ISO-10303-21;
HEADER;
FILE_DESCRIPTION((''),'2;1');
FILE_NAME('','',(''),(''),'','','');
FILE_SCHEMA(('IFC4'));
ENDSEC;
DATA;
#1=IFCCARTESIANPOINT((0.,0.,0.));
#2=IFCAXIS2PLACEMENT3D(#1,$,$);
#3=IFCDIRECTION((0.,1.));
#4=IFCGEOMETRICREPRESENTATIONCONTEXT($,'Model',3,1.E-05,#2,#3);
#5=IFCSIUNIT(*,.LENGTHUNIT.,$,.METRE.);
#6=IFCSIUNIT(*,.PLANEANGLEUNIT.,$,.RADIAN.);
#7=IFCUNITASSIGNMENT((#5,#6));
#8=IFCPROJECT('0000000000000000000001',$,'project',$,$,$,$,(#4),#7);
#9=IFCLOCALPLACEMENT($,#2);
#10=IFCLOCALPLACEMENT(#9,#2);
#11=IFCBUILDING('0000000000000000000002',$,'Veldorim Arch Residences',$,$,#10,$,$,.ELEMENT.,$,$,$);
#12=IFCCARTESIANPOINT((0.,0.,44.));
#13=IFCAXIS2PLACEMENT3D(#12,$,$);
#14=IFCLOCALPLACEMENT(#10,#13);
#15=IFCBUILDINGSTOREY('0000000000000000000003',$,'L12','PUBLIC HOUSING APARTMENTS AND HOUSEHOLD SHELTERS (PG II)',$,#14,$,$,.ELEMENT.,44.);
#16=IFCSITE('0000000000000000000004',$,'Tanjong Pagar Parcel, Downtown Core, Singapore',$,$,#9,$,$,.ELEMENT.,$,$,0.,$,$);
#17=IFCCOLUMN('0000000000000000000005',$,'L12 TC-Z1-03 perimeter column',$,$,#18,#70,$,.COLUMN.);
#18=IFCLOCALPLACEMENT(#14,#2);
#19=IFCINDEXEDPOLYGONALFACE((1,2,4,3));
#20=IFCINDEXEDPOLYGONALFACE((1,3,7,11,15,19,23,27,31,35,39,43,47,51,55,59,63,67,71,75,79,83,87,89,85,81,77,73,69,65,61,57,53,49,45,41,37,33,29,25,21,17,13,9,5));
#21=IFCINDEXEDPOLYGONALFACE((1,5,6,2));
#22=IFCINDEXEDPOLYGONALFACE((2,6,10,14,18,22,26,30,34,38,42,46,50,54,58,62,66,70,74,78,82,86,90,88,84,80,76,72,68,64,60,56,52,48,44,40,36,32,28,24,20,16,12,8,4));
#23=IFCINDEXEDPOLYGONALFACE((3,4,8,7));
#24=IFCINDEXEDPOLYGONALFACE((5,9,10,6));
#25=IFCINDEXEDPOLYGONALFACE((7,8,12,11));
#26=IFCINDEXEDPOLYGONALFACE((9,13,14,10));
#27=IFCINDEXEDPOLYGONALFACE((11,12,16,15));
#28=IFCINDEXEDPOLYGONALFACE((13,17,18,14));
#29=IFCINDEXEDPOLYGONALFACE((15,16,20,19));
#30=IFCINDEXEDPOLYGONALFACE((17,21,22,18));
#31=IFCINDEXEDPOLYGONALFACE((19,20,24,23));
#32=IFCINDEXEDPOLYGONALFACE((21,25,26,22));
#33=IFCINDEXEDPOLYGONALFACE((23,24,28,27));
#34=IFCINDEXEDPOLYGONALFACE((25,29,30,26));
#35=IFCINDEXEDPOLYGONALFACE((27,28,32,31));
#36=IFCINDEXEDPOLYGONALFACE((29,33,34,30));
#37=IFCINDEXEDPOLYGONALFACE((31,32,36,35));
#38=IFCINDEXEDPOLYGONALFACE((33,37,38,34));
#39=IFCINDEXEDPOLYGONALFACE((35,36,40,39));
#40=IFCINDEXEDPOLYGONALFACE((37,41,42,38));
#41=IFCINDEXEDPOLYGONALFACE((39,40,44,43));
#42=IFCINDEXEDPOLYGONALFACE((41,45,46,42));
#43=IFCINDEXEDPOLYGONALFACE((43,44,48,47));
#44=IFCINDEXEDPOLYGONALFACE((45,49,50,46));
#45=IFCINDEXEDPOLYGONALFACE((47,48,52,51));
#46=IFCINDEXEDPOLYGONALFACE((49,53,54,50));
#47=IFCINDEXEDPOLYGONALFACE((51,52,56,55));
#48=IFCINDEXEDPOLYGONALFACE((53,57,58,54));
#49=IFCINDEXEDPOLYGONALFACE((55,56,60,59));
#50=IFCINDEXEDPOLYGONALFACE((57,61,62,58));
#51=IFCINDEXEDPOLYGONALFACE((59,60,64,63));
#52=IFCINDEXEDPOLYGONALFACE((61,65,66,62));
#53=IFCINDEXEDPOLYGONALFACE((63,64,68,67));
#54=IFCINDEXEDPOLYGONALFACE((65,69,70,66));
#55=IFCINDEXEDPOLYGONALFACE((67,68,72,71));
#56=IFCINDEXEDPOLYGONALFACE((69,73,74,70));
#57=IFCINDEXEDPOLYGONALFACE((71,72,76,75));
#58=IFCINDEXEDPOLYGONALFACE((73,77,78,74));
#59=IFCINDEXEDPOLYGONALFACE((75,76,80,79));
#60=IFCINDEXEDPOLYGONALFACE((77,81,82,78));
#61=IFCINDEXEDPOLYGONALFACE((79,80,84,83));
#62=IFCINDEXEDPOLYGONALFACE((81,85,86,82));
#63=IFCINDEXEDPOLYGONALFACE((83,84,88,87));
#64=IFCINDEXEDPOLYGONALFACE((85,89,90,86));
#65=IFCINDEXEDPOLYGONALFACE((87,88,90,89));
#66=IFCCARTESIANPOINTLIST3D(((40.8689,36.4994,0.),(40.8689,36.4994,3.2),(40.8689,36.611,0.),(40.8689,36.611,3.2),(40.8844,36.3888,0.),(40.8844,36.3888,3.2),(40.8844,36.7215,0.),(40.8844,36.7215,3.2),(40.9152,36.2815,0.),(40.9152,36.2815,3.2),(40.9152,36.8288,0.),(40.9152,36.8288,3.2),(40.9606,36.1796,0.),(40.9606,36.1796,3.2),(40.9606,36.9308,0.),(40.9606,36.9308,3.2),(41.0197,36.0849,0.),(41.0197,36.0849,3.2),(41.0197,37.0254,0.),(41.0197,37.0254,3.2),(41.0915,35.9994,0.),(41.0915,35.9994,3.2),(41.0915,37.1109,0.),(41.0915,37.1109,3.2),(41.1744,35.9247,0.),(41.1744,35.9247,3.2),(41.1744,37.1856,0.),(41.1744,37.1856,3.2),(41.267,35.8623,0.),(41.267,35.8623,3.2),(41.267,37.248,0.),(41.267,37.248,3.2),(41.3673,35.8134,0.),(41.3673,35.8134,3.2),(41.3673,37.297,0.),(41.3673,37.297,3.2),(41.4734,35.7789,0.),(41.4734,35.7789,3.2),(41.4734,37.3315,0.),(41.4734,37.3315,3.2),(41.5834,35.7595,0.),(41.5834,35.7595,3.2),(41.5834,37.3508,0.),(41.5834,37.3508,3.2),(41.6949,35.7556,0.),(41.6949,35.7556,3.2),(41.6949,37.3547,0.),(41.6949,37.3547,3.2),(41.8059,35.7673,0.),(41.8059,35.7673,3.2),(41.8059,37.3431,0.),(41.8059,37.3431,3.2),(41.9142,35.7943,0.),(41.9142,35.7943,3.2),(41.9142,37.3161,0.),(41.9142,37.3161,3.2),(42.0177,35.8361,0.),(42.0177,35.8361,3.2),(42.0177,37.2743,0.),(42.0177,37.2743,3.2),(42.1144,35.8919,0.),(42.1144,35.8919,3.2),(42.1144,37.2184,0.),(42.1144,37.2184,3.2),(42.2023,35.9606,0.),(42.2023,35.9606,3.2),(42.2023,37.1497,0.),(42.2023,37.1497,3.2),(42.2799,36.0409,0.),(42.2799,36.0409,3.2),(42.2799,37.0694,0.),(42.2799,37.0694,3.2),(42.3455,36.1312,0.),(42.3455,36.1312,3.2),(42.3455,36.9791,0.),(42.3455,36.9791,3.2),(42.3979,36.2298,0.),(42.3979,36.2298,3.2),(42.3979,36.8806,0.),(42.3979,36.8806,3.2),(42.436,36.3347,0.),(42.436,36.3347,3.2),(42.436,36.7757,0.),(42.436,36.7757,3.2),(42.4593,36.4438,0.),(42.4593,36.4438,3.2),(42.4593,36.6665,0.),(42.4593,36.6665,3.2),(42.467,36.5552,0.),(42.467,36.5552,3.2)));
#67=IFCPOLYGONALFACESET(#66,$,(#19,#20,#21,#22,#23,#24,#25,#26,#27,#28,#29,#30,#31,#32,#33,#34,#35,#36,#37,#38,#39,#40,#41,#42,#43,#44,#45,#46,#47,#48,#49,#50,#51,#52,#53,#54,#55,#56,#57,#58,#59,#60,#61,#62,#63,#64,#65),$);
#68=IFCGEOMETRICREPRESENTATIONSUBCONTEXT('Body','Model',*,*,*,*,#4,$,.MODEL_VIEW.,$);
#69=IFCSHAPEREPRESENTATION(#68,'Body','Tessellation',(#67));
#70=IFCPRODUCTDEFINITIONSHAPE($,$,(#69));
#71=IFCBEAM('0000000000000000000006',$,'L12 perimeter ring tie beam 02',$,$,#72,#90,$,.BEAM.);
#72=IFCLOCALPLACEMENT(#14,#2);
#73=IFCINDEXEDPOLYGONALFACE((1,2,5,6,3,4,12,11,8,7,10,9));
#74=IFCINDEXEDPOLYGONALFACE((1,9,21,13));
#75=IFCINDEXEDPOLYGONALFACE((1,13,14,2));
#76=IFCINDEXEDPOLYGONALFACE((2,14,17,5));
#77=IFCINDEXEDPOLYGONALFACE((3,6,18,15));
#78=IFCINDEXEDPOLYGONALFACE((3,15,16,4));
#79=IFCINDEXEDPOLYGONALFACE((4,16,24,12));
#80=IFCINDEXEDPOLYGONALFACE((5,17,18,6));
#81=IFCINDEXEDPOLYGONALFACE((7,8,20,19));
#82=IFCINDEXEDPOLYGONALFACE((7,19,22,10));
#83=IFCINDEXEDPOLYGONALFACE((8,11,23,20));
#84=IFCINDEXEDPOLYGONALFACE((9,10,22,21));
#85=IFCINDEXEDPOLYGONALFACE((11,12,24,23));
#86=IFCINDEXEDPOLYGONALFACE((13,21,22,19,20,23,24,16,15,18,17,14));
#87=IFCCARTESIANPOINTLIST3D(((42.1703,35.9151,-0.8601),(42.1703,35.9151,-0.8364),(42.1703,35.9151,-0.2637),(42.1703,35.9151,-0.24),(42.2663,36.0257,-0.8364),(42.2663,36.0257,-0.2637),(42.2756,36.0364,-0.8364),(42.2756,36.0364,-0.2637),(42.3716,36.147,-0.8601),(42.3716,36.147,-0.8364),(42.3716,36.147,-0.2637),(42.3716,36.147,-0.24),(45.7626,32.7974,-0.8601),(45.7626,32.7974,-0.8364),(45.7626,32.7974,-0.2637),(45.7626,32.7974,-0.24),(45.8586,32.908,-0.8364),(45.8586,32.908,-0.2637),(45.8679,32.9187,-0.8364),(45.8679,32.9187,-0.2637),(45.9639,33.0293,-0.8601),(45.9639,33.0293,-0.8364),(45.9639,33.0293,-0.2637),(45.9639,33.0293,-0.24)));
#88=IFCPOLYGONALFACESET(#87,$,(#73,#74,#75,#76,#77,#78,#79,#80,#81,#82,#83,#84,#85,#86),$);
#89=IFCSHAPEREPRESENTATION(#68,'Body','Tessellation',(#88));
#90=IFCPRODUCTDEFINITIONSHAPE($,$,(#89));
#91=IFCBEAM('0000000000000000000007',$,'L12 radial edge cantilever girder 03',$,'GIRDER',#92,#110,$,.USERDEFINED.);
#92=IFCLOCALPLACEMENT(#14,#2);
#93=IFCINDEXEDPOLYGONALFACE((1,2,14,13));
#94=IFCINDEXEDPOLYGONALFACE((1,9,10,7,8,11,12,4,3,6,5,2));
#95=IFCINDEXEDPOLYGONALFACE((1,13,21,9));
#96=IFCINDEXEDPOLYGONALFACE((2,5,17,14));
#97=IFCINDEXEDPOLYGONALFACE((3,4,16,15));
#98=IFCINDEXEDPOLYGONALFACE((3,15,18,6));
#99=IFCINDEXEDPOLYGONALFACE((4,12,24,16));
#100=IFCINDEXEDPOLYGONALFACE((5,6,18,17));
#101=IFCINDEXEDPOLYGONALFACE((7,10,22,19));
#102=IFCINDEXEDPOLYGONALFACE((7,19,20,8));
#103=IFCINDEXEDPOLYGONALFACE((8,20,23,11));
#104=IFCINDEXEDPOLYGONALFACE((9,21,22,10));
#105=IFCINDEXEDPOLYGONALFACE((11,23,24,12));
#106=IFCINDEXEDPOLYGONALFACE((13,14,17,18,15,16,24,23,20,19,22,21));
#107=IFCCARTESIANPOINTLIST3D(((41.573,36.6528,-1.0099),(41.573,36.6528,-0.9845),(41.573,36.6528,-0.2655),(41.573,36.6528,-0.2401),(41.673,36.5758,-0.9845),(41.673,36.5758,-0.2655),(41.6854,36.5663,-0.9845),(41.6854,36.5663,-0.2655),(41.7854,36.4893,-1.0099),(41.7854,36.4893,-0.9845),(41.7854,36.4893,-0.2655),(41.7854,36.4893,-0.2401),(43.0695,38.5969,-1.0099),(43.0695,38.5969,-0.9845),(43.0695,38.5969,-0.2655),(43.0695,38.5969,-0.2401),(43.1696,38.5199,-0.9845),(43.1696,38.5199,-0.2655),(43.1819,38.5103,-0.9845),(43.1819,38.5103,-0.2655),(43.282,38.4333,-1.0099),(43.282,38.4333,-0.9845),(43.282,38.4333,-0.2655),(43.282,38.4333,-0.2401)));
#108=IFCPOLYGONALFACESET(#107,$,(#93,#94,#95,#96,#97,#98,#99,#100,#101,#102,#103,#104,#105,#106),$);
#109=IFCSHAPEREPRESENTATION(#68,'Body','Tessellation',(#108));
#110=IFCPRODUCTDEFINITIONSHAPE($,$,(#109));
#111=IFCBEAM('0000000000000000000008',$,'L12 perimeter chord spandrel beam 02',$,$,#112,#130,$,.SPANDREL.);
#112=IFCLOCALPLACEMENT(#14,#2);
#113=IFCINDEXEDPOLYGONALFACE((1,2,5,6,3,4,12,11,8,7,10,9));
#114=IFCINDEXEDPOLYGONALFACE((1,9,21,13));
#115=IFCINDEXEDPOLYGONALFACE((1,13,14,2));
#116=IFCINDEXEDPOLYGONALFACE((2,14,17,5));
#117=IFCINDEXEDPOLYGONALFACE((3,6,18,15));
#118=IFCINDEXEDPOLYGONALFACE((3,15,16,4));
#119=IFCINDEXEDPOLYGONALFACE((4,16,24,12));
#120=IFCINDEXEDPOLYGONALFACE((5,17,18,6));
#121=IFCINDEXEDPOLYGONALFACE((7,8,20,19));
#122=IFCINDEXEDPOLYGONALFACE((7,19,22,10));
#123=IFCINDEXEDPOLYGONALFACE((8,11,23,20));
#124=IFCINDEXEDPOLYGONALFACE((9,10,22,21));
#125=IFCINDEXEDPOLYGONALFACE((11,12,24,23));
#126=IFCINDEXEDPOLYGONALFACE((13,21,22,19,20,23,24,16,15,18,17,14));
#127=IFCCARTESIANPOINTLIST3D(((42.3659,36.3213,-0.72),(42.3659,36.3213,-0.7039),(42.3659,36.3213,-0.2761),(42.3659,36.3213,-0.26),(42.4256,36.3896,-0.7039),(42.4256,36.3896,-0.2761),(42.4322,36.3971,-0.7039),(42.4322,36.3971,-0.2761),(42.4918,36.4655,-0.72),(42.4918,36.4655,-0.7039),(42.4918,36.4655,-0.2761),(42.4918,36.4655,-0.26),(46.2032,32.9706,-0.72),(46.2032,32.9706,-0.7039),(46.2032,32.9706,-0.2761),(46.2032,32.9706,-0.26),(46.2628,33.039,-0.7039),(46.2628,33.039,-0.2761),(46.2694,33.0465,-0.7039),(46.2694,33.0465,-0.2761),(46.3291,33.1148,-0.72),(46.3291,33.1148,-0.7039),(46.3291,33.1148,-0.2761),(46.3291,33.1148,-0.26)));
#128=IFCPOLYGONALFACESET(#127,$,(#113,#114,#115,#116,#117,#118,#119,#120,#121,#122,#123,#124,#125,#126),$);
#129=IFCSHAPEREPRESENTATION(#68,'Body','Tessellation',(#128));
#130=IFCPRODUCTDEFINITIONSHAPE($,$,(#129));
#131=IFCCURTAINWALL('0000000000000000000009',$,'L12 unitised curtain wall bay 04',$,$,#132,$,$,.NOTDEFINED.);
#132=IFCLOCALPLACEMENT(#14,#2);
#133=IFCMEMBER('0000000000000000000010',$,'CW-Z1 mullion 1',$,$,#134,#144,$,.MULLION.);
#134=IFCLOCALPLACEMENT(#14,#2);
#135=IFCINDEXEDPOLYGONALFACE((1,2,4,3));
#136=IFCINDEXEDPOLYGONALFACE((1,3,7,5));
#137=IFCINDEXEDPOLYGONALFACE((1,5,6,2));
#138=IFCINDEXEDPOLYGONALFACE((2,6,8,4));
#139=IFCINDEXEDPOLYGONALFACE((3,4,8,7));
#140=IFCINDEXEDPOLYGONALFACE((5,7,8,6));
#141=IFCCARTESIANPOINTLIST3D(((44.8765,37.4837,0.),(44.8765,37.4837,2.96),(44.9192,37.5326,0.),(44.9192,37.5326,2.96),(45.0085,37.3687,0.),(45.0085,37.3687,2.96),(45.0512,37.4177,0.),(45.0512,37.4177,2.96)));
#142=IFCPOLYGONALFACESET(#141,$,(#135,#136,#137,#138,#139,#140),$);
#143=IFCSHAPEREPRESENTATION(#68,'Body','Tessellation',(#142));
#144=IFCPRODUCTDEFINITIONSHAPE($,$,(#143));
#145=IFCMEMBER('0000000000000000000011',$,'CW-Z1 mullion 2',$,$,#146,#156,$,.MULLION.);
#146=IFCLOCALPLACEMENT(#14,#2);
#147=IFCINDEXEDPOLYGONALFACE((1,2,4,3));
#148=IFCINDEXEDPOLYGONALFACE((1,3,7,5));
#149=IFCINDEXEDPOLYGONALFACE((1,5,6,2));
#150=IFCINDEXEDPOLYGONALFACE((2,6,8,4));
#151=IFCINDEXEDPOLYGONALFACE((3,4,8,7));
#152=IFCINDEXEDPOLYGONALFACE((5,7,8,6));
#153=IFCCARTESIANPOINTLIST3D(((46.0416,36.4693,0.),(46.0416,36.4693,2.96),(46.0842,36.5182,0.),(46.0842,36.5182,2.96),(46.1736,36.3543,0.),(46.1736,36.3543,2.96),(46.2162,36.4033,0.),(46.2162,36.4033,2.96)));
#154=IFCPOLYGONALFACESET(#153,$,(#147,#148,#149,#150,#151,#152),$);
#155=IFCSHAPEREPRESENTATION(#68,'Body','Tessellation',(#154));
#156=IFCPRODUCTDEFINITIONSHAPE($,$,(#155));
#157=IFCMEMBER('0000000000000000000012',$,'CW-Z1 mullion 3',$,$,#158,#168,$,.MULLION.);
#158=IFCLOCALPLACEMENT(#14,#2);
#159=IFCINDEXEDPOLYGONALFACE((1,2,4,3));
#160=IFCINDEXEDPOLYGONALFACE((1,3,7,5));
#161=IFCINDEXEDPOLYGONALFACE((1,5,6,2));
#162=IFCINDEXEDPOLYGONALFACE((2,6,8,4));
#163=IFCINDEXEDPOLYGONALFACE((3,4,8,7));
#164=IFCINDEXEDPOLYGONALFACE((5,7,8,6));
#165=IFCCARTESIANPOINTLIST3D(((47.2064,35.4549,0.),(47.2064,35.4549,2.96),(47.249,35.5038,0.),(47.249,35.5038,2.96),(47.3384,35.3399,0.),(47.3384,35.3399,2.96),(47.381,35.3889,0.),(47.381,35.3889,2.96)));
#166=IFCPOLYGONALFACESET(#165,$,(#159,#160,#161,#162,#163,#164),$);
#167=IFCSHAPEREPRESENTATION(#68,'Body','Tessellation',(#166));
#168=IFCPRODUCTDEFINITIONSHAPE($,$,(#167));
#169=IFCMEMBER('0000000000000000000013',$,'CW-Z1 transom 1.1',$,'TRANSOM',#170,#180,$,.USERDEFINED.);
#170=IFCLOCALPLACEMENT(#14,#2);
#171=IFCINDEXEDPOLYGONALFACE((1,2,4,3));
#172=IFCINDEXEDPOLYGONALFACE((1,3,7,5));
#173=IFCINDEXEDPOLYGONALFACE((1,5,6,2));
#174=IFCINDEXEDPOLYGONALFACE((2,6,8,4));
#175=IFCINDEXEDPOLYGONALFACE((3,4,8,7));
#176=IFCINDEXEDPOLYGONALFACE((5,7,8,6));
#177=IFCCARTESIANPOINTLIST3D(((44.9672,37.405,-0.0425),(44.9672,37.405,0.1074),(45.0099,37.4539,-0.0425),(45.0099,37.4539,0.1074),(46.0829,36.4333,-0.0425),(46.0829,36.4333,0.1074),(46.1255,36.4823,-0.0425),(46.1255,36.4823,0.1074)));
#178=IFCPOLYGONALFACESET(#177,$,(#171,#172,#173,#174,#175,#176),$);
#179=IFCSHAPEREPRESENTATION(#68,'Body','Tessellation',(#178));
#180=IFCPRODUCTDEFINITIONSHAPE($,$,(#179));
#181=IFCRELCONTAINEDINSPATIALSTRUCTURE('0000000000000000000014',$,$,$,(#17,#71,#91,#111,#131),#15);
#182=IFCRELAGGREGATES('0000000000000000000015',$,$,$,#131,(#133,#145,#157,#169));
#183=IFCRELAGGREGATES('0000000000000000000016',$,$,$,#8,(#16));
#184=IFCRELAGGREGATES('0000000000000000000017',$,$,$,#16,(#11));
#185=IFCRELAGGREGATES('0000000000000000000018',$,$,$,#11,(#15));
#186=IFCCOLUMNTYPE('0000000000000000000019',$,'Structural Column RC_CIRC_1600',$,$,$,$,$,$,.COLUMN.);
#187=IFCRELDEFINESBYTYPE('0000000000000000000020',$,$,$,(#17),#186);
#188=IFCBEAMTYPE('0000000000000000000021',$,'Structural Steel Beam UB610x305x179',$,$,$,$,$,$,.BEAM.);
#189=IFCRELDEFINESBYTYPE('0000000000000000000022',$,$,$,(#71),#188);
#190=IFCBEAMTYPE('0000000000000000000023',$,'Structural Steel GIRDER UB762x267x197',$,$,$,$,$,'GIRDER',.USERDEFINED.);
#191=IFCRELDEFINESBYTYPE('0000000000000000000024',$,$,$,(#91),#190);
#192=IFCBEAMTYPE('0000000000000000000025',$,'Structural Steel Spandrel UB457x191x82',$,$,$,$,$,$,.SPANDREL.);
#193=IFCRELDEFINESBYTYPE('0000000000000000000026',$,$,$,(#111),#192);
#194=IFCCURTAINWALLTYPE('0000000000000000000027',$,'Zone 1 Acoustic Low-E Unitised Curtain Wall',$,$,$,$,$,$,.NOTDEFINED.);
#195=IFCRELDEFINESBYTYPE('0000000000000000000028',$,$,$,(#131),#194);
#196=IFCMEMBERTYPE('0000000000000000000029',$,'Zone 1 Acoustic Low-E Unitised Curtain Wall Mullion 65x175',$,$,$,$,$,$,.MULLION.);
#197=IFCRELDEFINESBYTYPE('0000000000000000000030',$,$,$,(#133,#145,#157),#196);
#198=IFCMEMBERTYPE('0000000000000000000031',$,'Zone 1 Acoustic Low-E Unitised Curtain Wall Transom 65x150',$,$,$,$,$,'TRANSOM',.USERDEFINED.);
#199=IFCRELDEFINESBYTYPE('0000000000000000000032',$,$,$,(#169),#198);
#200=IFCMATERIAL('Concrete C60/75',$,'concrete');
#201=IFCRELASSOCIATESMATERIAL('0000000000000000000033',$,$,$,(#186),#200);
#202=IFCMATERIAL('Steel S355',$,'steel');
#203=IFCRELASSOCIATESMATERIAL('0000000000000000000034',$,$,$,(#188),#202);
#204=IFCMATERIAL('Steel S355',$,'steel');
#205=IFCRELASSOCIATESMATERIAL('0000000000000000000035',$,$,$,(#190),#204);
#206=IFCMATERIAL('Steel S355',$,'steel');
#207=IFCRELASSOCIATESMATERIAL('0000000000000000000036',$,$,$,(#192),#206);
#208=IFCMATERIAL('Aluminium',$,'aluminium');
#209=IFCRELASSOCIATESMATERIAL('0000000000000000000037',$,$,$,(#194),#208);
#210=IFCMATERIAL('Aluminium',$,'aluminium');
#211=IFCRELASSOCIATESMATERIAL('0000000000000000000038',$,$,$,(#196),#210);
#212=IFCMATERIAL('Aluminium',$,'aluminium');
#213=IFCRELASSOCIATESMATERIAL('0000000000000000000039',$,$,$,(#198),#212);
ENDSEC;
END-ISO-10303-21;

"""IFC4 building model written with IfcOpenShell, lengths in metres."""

from ifc_helpers import new_model, si_unit, direction, frame, origin, origin_2d, place, context, subcontext, project, spatial, rectangle, circle, i_section, extrude, material, material_profile, profile_set, type_object, element, aggregate, save


model = new_model("IFC4")

# Units and contexts
model_context = context("Model", 3, precision=1e-05, world=origin(), true_north=direction((0.0, 1.0)))
body_context = subcontext(model_context, "Body", "Model", "MODEL_VIEW")
ifc_project = project(units=[si_unit("LENGTHUNIT", "METRE"), si_unit("PLANEANGLEUNIT", "RADIAN")], contexts=[model_context])

# Site, building, storey
site_placement = place(None, origin())
site = spatial("IfcSite", under=ifc_project, at=site_placement, Name="Tanjong Pagar Parcel, Downtown Core, Singapore", CompositionType="ELEMENT", RefElevation=0.0)
building_placement = place(site_placement, origin())
building = spatial("IfcBuilding", under=site, at=building_placement, Name="Veldorim Arch Residences", CompositionType="ELEMENT")
storey_placement = place(building_placement, frame((0.0, 0.0, 44.0)))
storey = spatial("IfcBuildingStorey", under=building, at=storey_placement, Name="L12", Description="PUBLIC HOUSING APARTMENTS AND HOUSEHOLD SHELTERS (PG II)", CompositionType="ELEMENT", Elevation=44.0)

# Column
ifc_material_1 = material(Name="Concrete C60/75", Category="concrete")
ifc_material_profile_1 = material_profile(ifc_material_1, circle(Radius=0.8, at=origin_2d()), Name="RC_CIRC_1600")
ifc_profile_set_1 = profile_set([ifc_material_profile_1], Name="Concrete C60/75")
column_type = type_object("IfcColumnType", Name="Structural Column RC_CIRC_1600", PredefinedType="COLUMN", material=ifc_profile_set_1)
column_placement = place(storey_placement, frame((41.667, 36.5552, 0.0), z_axis=(0.0, 0.0, 1.0), x_axis=(1.0, 0.0, 0.0)))
element("IfcColumn", 1, at=column_placement, inside=storey, type_object=column_type, Name="L12 TC-Z1-03 perimeter column", PredefinedType="COLUMN", context=body_context, shape_type="SweptSolid", body=[
    extrude(circle(Radius=0.8, at=origin_2d()), origin(), (0.0, 0.0, 1.0), 3.2),
])

# Beams
ifc_material_2 = material(Name="Steel S355", Category="steel")
ifc_material_profile_2 = material_profile(ifc_material_2, i_section(OverallWidth=0.3071, OverallDepth=0.6201, WebThickness=0.0142, FlangeThickness=0.0237, at=origin_2d()), Name="UB610x305x179")
ifc_profile_set_2 = profile_set([ifc_material_profile_2], Name="Steel S355")
beam_type_1 = type_object("IfcBeamType", Name="Structural Steel Beam UB610x305x179", PredefinedType="BEAM", material=ifc_profile_set_2)
beam_1_placement = place(storey_placement, frame((45.8633, 32.9133, -0.55), z_axis=(-0.755235, 0.655454, 0.0), x_axis=(-0.655454, -0.755235, 0.0)))
element("IfcBeam", 2, at=beam_1_placement, inside=storey, type_object=beam_type_1, Name="L12 perimeter ring tie beam 02", PredefinedType="BEAM", context=body_context, shape_type="SweptSolid", body=[
    extrude(i_section(OverallWidth=0.3071, OverallDepth=0.6201, WebThickness=0.0142, FlangeThickness=0.0237, at=origin_2d()), origin(), (0.0, 0.0, 1.0), 4.7566),
])
ifc_material_3 = material(Name="Steel S355", Category="steel")
ifc_material_profile_3 = material_profile(ifc_material_3, i_section(OverallWidth=0.2681, OverallDepth=0.7698, WebThickness=0.0156, FlangeThickness=0.0254, at=origin_2d()), Name="UB762x267x197")
ifc_profile_set_3 = profile_set([ifc_material_profile_3], Name="Steel S355")
beam_type_2 = type_object("IfcBeamType", Name="Structural Steel GIRDER UB762x267x197", ElementType="GIRDER", PredefinedType="USERDEFINED", material=ifc_profile_set_3)
beam_2_placement = place(storey_placement, frame((41.6792, 36.571, -0.625), z_axis=(0.609999, 0.792402, 0.0), x_axis=(-0.792402, 0.609999, 0.0)))
element("IfcBeam", 3, at=beam_2_placement, inside=storey, type_object=beam_type_2, Name="L12 radial edge cantilever girder 03", ObjectType="GIRDER", PredefinedType="USERDEFINED", context=body_context, shape_type="SweptSolid", body=[
    extrude(i_section(OverallWidth=0.2681, OverallDepth=0.7698, WebThickness=0.0156, FlangeThickness=0.0254, at=origin_2d()), origin(), (0.0, 0.0, 1.0), 2.4534),
])
ifc_material_4 = material(Name="Steel S355", Category="steel")
ifc_material_profile_4 = material_profile(ifc_material_4, i_section(OverallWidth=0.1914, OverallDepth=0.46, WebThickness=0.01, FlangeThickness=0.0161, at=origin_2d()), Name="UB457x191x82")
ifc_profile_set_4 = profile_set([ifc_material_profile_4], Name="Steel S355")
beam_type_3 = type_object("IfcBeamType", Name="Structural Steel Spandrel UB457x191x82", PredefinedType="SPANDREL", material=ifc_profile_set_4)
beam_3_placement = place(storey_placement, frame((46.2661, 33.0427, -0.49), z_axis=(-0.75325, 0.657734, 0.0), x_axis=(-0.657734, -0.75325, 0.0)))
element("IfcBeam", 4, at=beam_3_placement, inside=storey, type_object=beam_type_3, Name="L12 perimeter chord spandrel beam 02", PredefinedType="SPANDREL", context=body_context, shape_type="SweptSolid", body=[
    extrude(i_section(OverallWidth=0.1914, OverallDepth=0.46, WebThickness=0.01, FlangeThickness=0.0161, at=origin_2d()), origin(), (0.0, 0.0, 1.0), 5.0942),
])

# Curtain wall, members
ifc_material_5 = material(Name="Aluminium", Category="aluminium")
curtain_wall_type = type_object("IfcCurtainWallType", Name="Zone 1 Acoustic Low-E Unitised Curtain Wall", PredefinedType="NOTDEFINED", material=ifc_material_5)
curtain_wall_placement = place(storey_placement, origin())
curtain_wall = element("IfcCurtainWall", 5, at=curtain_wall_placement, inside=storey, type_object=curtain_wall_type, Name="L12 unitised curtain wall bay 04", PredefinedType="NOTDEFINED")
ifc_material_6 = material(Name="Aluminium", Category="aluminium")
ifc_material_profile_5 = material_profile(ifc_material_6, rectangle(XDim=0.0649, YDim=0.175, at=origin_2d()), Name="ALU_MUL_65x175")
ifc_profile_set_5 = profile_set([ifc_material_profile_5], Name="Aluminium")
member_type_1 = type_object("IfcMemberType", Name="Zone 1 Acoustic Low-E Unitised Curtain Wall Mullion 65x175", PredefinedType="MULLION", material=ifc_profile_set_5)
member_1_placement = place(storey_placement, frame((44.9639, 37.4507, 0.0), z_axis=(0.0, 0.0, 1.0), x_axis=(0.656719, 0.754136, 0.0)))
member_1 = element("IfcMember", 6, at=member_1_placement, type_object=member_type_1, Name="CW-Z1 mullion 1", PredefinedType="MULLION", context=body_context, shape_type="SweptSolid", body=[
    extrude(rectangle(XDim=0.0649, YDim=0.175, at=origin_2d()), origin(), (0.0, 0.0, 1.0), 2.96),
])
member_2_placement = place(storey_placement, frame((46.1289, 36.4363, 0.0), z_axis=(0.0, 0.0, 1.0), x_axis=(0.656719, 0.754136, 0.0)))
member_2 = element("IfcMember", 7, at=member_2_placement, type_object=member_type_1, Name="CW-Z1 mullion 2", PredefinedType="MULLION", context=body_context, shape_type="SweptSolid", body=[
    extrude(rectangle(XDim=0.0649, YDim=0.175, at=origin_2d()), origin(), (0.0, 0.0, 1.0), 2.96),
])
member_3_placement = place(storey_placement, frame((47.2937, 35.4219, 0.0), z_axis=(0.0, 0.0, 1.0), x_axis=(0.656719, 0.754136, 0.0)))
member_3 = element("IfcMember", 8, at=member_3_placement, type_object=member_type_1, Name="CW-Z1 mullion 3", PredefinedType="MULLION", context=body_context, shape_type="SweptSolid", body=[
    extrude(rectangle(XDim=0.0649, YDim=0.175, at=origin_2d()), origin(), (0.0, 0.0, 1.0), 2.96),
])
ifc_material_7 = material(Name="Aluminium", Category="aluminium")
ifc_material_profile_6 = material_profile(ifc_material_7, rectangle(XDim=0.0649, YDim=0.1499, at=origin_2d()), Name="ALU_TRN_65x150")
ifc_profile_set_6 = profile_set([ifc_material_profile_6], Name="Aluminium")
member_type_2 = type_object("IfcMemberType", Name="Zone 1 Acoustic Low-E Unitised Curtain Wall Transom 65x150", ElementType="TRANSOM", PredefinedType="USERDEFINED", material=ifc_profile_set_6)
member_4_placement = place(storey_placement, frame((44.9885, 37.4294, 0.0325), z_axis=(0.754108, -0.65675, 0.0), x_axis=(0.65675, 0.754108, 0.0)))
member_4 = element("IfcMember", 9, at=member_4_placement, type_object=member_type_2, Name="CW-Z1 transom 1.1", ObjectType="TRANSOM", PredefinedType="USERDEFINED", context=body_context, shape_type="SweptSolid", body=[
    extrude(rectangle(XDim=0.0649, YDim=0.1499, at=origin_2d()), origin(), (0.0, 0.0, 1.0), 1.4795),
])
aggregate(curtain_wall, [member_1, member_2, member_3, member_4])

save(model, "model.ifc")
